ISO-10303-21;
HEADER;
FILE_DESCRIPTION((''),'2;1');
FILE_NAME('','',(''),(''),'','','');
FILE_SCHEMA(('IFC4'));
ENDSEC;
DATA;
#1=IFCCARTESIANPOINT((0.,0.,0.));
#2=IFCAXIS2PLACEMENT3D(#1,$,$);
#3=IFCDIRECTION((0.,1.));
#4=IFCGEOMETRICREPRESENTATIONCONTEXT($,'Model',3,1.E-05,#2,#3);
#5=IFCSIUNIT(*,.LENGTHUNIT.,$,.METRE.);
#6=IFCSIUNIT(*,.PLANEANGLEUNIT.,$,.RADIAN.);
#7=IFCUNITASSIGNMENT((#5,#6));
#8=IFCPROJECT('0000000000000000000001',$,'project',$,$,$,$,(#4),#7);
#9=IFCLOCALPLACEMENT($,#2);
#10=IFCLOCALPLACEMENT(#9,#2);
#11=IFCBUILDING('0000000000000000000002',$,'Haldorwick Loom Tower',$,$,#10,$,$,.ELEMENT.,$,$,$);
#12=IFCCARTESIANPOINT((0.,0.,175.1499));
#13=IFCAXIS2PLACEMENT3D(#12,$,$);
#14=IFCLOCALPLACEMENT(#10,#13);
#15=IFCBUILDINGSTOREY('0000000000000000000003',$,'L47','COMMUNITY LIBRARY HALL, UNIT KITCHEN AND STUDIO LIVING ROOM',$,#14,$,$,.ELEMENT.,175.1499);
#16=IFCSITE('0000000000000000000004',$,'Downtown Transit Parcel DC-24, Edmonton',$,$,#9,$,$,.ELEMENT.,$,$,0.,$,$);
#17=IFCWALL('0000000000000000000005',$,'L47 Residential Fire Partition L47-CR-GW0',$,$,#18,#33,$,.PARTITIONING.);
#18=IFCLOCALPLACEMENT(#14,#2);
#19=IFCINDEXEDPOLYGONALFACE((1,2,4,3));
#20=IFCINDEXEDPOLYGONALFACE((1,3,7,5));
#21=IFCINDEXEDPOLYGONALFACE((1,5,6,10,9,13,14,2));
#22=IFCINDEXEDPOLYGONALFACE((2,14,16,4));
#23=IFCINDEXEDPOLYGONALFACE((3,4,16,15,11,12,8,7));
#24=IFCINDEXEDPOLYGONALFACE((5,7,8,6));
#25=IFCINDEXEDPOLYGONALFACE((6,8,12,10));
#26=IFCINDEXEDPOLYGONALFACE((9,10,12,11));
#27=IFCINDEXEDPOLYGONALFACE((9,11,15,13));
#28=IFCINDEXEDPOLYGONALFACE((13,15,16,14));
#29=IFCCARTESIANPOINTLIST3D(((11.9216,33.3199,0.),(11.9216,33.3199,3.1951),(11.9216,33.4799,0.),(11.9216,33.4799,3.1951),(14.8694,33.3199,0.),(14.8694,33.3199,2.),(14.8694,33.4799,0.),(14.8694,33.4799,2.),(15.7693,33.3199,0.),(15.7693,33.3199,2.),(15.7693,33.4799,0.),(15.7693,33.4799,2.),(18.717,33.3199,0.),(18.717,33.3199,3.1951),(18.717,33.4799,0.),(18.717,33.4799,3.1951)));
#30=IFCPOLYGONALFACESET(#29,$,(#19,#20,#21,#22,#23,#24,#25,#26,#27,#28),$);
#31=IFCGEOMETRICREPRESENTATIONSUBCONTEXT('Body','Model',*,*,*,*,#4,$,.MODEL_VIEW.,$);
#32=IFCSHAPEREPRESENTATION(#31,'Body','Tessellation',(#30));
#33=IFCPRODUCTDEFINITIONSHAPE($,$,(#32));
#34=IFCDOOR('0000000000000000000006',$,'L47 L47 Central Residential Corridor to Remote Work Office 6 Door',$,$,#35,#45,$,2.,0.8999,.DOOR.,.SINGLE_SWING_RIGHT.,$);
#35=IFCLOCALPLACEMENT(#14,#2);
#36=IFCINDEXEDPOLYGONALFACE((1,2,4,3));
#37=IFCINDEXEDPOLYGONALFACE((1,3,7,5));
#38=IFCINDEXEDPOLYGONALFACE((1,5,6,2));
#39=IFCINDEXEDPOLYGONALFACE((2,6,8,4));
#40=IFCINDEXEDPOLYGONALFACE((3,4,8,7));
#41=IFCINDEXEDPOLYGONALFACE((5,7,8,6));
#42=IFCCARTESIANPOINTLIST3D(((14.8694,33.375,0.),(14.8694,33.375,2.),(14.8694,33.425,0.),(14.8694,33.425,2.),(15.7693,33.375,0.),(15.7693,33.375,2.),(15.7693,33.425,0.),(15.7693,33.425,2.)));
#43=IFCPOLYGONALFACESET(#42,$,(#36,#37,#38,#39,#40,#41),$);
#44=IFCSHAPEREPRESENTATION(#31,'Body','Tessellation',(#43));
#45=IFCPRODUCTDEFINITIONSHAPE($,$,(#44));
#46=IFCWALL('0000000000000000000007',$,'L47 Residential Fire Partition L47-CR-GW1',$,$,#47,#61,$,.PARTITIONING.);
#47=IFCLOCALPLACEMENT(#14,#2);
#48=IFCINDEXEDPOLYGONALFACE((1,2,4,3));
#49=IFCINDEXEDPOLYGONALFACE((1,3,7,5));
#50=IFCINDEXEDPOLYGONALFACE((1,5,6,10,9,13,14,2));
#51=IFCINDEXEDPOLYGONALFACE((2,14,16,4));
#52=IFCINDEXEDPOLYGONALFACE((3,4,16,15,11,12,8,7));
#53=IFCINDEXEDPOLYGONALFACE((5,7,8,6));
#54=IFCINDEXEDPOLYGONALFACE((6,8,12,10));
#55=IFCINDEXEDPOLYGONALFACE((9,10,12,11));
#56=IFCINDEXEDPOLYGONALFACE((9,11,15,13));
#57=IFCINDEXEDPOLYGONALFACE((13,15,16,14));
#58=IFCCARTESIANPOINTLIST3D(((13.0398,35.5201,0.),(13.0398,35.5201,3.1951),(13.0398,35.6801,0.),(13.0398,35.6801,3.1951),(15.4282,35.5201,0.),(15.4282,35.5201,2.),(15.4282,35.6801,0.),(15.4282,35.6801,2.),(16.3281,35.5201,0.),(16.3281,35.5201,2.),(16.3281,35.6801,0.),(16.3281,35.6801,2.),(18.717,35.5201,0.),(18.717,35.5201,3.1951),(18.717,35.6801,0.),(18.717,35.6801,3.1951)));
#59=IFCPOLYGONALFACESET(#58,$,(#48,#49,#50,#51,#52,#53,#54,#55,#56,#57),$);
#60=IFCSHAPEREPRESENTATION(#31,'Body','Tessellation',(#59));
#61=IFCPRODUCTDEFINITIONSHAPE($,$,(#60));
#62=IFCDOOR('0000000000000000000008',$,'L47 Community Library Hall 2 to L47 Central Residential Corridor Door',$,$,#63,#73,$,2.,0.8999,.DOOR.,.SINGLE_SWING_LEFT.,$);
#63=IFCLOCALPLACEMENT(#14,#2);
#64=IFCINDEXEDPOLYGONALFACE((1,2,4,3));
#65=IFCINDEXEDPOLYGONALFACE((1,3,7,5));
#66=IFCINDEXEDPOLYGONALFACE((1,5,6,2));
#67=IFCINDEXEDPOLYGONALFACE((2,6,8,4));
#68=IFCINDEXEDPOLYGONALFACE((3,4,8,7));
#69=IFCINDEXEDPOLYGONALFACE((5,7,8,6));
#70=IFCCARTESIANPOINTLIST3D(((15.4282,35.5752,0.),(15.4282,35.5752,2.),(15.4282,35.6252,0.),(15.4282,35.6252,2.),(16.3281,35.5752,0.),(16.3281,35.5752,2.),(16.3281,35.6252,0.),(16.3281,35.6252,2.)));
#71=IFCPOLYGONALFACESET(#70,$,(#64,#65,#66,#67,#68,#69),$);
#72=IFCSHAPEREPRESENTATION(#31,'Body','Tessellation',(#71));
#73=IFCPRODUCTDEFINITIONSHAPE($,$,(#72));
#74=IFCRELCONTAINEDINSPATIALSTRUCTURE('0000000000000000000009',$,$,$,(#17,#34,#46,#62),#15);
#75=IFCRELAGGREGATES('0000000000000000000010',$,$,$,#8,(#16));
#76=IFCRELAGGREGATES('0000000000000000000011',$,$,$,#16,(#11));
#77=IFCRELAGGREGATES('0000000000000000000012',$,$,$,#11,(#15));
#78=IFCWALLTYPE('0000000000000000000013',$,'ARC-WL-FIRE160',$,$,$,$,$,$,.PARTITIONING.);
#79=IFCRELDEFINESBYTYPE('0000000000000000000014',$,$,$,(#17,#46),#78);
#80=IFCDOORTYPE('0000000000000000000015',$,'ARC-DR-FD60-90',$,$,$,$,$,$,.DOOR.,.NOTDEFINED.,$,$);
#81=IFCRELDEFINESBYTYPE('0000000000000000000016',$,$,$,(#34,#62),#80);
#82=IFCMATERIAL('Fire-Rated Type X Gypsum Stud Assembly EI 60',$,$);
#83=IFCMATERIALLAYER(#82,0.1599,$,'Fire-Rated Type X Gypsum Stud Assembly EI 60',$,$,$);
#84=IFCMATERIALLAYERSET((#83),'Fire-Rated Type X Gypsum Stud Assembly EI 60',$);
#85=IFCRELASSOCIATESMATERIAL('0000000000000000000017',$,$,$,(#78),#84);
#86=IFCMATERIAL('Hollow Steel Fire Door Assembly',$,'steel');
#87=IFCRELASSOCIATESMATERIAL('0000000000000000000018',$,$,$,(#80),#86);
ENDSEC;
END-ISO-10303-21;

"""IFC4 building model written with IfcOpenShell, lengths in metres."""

from ifc_helpers import new_model, si_unit, direction, frame, frame_2d, origin, place, context, subcontext, project, spatial, rectangle, extrude, material, layer, layer_set, type_object, element, fill, save


model = new_model("IFC4")

# Units and contexts
model_context = context("Model", 3, precision=1e-05, world=origin(), true_north=direction((0.0, 1.0)))
body_context = subcontext(model_context, "Body", "Model", "MODEL_VIEW")
ifc_project = project(units=[si_unit("LENGTHUNIT", "METRE"), si_unit("PLANEANGLEUNIT", "RADIAN")], contexts=[model_context])

# Site, building, storey
site_placement = place(None, origin())
site = spatial("IfcSite", under=ifc_project, at=site_placement, Name="Downtown Transit Parcel DC-24, Edmonton", CompositionType="ELEMENT", RefElevation=0.0)
building_placement = place(site_placement, origin())
building = spatial("IfcBuilding", under=site, at=building_placement, Name="Haldorwick Loom Tower", CompositionType="ELEMENT")
storey_placement = place(building_placement, frame((0.0, 0.0, 175.1499)))
storey = spatial("IfcBuildingStorey", under=building, at=storey_placement, Name="L47", Description="COMMUNITY LIBRARY HALL, UNIT KITCHEN AND STUDIO LIVING ROOM", CompositionType="ELEMENT", Elevation=175.1499)

# Shared definitions
ifc_material_1 = material(Name="Fire-Rated Type X Gypsum Stud Assembly EI 60")
ifc_layer_1 = layer(ifc_material_1, 0.1599, Name="Fire-Rated Type X Gypsum Stud Assembly EI 60")
ifc_layer_set_1 = layer_set([ifc_layer_1], Name="Fire-Rated Type X Gypsum Stud Assembly EI 60")
wall_type_1 = type_object("IfcWallType", Name="ARC-WL-FIRE160", PredefinedType="PARTITIONING", material=ifc_layer_set_1)

# Walls, openings, doors
wall_1_placement = place(storey_placement, frame((11.9216, 33.3999, 0.0), z_axis=(0.0, 0.0, 1.0), x_axis=(1.0, 0.0, 0.0)))
wall_1 = element("IfcWall", 1, at=wall_1_placement, inside=storey, type_object=wall_type_1, Name="L47 Residential Fire Partition L47-CR-GW0", PredefinedType="PARTITIONING", context=body_context, shape_type="SweptSolid", body=[
    extrude(rectangle(XDim=6.7954, YDim=0.1599, at=frame_2d((3.3977, 0.0))), origin(), (0.0, 0.0, 1.0), 3.1951),
])
opening_1_placement = place(wall_1_placement, frame((2.9478, 0.0, 0.0)))
opening_1 = element("IfcOpeningElement", 2, at=opening_1_placement, cuts=wall_1, PredefinedType="OPENING", context=body_context, shape_type="SweptSolid", body=[
    extrude(rectangle(XDim=0.8999, YDim=2.0, at=frame_2d((0.45, 1.0))), frame((0.0, 0.0898, 0.0), z_axis=(0.0, -1.0, 0.0), x_axis=(1.0, 0.0, 0.0)), (0.0, 0.0, 1.0), 0.1799),
])
ifc_material_2 = material(Name="Hollow Steel Fire Door Assembly", Category="steel")
door_type_1 = type_object("IfcDoorType", Name="ARC-DR-FD60-90", OperationType="NOTDEFINED", PredefinedType="DOOR", material=ifc_material_2)
door_1_placement = place(opening_1_placement, frame((0.8999, 0.0, 0.0), z_axis=(0.0, 0.0, 1.0), x_axis=(-1.0, 0.0, 0.0)))
door_1 = element("IfcDoor", 3, at=door_1_placement, inside=storey, type_object=door_type_1, Name="L47 L47 Central Residential Corridor to Remote Work Office 6 Door", OperationType="SINGLE_SWING_RIGHT", OverallHeight=2.0, OverallWidth=0.8999, PredefinedType="DOOR", context=body_context, shape_type="SweptSolid", body=[
    extrude(rectangle(XDim=0.8999, YDim=2.0, at=frame_2d((0.45, 1.0))), frame((0.0, 0.0249, 0.0), z_axis=(0.0, -1.0, 0.0), x_axis=(1.0, 0.0, 0.0)), (0.0, 0.0, 1.0), 0.05),
])
fill(opening_1, door_1)
wall_2_placement = place(storey_placement, frame((13.0398, 35.6001, 0.0), z_axis=(0.0, 0.0, 1.0), x_axis=(1.0, 0.0, 0.0)))
wall_2 = element("IfcWall", 4, at=wall_2_placement, inside=storey, type_object=wall_type_1, Name="L47 Residential Fire Partition L47-CR-GW1", PredefinedType="PARTITIONING", context=body_context, shape_type="SweptSolid", body=[
    extrude(rectangle(XDim=5.6772, YDim=0.1599, at=frame_2d((2.8386, 0.0))), origin(), (0.0, 0.0, 1.0), 3.1951),
])
opening_2_placement = place(wall_2_placement, frame((2.3884, 0.0, 0.0)))
opening_2 = element("IfcOpeningElement", 5, at=opening_2_placement, cuts=wall_2, PredefinedType="OPENING", context=body_context, shape_type="SweptSolid", body=[
    extrude(rectangle(XDim=0.8999, YDim=2.0, at=frame_2d((0.45, 1.0))), frame((0.0, 0.0898, 0.0), z_axis=(0.0, -1.0, 0.0), x_axis=(1.0, 0.0, 0.0)), (0.0, 0.0, 1.0), 0.1799),
])
door_2_placement = place(opening_2_placement, frame((0.8999, 0.0, 0.0), z_axis=(0.0, 0.0, 1.0), x_axis=(-1.0, 0.0, 0.0)))
door_2 = element("IfcDoor", 6, at=door_2_placement, inside=storey, type_object=door_type_1, Name="L47 Community Library Hall 2 to L47 Central Residential Corridor Door", OperationType="SINGLE_SWING_LEFT", OverallHeight=2.0, OverallWidth=0.8999, PredefinedType="DOOR", context=body_context, shape_type="SweptSolid", body=[
    extrude(rectangle(XDim=0.8999, YDim=2.0, at=frame_2d((0.45, 1.0))), frame((0.0, 0.0249, 0.0), z_axis=(0.0, -1.0, 0.0), x_axis=(1.0, 0.0, 0.0)), (0.0, 0.0, 1.0), 0.05),
])
fill(opening_2, door_2)

save(model, "model.ifc")
